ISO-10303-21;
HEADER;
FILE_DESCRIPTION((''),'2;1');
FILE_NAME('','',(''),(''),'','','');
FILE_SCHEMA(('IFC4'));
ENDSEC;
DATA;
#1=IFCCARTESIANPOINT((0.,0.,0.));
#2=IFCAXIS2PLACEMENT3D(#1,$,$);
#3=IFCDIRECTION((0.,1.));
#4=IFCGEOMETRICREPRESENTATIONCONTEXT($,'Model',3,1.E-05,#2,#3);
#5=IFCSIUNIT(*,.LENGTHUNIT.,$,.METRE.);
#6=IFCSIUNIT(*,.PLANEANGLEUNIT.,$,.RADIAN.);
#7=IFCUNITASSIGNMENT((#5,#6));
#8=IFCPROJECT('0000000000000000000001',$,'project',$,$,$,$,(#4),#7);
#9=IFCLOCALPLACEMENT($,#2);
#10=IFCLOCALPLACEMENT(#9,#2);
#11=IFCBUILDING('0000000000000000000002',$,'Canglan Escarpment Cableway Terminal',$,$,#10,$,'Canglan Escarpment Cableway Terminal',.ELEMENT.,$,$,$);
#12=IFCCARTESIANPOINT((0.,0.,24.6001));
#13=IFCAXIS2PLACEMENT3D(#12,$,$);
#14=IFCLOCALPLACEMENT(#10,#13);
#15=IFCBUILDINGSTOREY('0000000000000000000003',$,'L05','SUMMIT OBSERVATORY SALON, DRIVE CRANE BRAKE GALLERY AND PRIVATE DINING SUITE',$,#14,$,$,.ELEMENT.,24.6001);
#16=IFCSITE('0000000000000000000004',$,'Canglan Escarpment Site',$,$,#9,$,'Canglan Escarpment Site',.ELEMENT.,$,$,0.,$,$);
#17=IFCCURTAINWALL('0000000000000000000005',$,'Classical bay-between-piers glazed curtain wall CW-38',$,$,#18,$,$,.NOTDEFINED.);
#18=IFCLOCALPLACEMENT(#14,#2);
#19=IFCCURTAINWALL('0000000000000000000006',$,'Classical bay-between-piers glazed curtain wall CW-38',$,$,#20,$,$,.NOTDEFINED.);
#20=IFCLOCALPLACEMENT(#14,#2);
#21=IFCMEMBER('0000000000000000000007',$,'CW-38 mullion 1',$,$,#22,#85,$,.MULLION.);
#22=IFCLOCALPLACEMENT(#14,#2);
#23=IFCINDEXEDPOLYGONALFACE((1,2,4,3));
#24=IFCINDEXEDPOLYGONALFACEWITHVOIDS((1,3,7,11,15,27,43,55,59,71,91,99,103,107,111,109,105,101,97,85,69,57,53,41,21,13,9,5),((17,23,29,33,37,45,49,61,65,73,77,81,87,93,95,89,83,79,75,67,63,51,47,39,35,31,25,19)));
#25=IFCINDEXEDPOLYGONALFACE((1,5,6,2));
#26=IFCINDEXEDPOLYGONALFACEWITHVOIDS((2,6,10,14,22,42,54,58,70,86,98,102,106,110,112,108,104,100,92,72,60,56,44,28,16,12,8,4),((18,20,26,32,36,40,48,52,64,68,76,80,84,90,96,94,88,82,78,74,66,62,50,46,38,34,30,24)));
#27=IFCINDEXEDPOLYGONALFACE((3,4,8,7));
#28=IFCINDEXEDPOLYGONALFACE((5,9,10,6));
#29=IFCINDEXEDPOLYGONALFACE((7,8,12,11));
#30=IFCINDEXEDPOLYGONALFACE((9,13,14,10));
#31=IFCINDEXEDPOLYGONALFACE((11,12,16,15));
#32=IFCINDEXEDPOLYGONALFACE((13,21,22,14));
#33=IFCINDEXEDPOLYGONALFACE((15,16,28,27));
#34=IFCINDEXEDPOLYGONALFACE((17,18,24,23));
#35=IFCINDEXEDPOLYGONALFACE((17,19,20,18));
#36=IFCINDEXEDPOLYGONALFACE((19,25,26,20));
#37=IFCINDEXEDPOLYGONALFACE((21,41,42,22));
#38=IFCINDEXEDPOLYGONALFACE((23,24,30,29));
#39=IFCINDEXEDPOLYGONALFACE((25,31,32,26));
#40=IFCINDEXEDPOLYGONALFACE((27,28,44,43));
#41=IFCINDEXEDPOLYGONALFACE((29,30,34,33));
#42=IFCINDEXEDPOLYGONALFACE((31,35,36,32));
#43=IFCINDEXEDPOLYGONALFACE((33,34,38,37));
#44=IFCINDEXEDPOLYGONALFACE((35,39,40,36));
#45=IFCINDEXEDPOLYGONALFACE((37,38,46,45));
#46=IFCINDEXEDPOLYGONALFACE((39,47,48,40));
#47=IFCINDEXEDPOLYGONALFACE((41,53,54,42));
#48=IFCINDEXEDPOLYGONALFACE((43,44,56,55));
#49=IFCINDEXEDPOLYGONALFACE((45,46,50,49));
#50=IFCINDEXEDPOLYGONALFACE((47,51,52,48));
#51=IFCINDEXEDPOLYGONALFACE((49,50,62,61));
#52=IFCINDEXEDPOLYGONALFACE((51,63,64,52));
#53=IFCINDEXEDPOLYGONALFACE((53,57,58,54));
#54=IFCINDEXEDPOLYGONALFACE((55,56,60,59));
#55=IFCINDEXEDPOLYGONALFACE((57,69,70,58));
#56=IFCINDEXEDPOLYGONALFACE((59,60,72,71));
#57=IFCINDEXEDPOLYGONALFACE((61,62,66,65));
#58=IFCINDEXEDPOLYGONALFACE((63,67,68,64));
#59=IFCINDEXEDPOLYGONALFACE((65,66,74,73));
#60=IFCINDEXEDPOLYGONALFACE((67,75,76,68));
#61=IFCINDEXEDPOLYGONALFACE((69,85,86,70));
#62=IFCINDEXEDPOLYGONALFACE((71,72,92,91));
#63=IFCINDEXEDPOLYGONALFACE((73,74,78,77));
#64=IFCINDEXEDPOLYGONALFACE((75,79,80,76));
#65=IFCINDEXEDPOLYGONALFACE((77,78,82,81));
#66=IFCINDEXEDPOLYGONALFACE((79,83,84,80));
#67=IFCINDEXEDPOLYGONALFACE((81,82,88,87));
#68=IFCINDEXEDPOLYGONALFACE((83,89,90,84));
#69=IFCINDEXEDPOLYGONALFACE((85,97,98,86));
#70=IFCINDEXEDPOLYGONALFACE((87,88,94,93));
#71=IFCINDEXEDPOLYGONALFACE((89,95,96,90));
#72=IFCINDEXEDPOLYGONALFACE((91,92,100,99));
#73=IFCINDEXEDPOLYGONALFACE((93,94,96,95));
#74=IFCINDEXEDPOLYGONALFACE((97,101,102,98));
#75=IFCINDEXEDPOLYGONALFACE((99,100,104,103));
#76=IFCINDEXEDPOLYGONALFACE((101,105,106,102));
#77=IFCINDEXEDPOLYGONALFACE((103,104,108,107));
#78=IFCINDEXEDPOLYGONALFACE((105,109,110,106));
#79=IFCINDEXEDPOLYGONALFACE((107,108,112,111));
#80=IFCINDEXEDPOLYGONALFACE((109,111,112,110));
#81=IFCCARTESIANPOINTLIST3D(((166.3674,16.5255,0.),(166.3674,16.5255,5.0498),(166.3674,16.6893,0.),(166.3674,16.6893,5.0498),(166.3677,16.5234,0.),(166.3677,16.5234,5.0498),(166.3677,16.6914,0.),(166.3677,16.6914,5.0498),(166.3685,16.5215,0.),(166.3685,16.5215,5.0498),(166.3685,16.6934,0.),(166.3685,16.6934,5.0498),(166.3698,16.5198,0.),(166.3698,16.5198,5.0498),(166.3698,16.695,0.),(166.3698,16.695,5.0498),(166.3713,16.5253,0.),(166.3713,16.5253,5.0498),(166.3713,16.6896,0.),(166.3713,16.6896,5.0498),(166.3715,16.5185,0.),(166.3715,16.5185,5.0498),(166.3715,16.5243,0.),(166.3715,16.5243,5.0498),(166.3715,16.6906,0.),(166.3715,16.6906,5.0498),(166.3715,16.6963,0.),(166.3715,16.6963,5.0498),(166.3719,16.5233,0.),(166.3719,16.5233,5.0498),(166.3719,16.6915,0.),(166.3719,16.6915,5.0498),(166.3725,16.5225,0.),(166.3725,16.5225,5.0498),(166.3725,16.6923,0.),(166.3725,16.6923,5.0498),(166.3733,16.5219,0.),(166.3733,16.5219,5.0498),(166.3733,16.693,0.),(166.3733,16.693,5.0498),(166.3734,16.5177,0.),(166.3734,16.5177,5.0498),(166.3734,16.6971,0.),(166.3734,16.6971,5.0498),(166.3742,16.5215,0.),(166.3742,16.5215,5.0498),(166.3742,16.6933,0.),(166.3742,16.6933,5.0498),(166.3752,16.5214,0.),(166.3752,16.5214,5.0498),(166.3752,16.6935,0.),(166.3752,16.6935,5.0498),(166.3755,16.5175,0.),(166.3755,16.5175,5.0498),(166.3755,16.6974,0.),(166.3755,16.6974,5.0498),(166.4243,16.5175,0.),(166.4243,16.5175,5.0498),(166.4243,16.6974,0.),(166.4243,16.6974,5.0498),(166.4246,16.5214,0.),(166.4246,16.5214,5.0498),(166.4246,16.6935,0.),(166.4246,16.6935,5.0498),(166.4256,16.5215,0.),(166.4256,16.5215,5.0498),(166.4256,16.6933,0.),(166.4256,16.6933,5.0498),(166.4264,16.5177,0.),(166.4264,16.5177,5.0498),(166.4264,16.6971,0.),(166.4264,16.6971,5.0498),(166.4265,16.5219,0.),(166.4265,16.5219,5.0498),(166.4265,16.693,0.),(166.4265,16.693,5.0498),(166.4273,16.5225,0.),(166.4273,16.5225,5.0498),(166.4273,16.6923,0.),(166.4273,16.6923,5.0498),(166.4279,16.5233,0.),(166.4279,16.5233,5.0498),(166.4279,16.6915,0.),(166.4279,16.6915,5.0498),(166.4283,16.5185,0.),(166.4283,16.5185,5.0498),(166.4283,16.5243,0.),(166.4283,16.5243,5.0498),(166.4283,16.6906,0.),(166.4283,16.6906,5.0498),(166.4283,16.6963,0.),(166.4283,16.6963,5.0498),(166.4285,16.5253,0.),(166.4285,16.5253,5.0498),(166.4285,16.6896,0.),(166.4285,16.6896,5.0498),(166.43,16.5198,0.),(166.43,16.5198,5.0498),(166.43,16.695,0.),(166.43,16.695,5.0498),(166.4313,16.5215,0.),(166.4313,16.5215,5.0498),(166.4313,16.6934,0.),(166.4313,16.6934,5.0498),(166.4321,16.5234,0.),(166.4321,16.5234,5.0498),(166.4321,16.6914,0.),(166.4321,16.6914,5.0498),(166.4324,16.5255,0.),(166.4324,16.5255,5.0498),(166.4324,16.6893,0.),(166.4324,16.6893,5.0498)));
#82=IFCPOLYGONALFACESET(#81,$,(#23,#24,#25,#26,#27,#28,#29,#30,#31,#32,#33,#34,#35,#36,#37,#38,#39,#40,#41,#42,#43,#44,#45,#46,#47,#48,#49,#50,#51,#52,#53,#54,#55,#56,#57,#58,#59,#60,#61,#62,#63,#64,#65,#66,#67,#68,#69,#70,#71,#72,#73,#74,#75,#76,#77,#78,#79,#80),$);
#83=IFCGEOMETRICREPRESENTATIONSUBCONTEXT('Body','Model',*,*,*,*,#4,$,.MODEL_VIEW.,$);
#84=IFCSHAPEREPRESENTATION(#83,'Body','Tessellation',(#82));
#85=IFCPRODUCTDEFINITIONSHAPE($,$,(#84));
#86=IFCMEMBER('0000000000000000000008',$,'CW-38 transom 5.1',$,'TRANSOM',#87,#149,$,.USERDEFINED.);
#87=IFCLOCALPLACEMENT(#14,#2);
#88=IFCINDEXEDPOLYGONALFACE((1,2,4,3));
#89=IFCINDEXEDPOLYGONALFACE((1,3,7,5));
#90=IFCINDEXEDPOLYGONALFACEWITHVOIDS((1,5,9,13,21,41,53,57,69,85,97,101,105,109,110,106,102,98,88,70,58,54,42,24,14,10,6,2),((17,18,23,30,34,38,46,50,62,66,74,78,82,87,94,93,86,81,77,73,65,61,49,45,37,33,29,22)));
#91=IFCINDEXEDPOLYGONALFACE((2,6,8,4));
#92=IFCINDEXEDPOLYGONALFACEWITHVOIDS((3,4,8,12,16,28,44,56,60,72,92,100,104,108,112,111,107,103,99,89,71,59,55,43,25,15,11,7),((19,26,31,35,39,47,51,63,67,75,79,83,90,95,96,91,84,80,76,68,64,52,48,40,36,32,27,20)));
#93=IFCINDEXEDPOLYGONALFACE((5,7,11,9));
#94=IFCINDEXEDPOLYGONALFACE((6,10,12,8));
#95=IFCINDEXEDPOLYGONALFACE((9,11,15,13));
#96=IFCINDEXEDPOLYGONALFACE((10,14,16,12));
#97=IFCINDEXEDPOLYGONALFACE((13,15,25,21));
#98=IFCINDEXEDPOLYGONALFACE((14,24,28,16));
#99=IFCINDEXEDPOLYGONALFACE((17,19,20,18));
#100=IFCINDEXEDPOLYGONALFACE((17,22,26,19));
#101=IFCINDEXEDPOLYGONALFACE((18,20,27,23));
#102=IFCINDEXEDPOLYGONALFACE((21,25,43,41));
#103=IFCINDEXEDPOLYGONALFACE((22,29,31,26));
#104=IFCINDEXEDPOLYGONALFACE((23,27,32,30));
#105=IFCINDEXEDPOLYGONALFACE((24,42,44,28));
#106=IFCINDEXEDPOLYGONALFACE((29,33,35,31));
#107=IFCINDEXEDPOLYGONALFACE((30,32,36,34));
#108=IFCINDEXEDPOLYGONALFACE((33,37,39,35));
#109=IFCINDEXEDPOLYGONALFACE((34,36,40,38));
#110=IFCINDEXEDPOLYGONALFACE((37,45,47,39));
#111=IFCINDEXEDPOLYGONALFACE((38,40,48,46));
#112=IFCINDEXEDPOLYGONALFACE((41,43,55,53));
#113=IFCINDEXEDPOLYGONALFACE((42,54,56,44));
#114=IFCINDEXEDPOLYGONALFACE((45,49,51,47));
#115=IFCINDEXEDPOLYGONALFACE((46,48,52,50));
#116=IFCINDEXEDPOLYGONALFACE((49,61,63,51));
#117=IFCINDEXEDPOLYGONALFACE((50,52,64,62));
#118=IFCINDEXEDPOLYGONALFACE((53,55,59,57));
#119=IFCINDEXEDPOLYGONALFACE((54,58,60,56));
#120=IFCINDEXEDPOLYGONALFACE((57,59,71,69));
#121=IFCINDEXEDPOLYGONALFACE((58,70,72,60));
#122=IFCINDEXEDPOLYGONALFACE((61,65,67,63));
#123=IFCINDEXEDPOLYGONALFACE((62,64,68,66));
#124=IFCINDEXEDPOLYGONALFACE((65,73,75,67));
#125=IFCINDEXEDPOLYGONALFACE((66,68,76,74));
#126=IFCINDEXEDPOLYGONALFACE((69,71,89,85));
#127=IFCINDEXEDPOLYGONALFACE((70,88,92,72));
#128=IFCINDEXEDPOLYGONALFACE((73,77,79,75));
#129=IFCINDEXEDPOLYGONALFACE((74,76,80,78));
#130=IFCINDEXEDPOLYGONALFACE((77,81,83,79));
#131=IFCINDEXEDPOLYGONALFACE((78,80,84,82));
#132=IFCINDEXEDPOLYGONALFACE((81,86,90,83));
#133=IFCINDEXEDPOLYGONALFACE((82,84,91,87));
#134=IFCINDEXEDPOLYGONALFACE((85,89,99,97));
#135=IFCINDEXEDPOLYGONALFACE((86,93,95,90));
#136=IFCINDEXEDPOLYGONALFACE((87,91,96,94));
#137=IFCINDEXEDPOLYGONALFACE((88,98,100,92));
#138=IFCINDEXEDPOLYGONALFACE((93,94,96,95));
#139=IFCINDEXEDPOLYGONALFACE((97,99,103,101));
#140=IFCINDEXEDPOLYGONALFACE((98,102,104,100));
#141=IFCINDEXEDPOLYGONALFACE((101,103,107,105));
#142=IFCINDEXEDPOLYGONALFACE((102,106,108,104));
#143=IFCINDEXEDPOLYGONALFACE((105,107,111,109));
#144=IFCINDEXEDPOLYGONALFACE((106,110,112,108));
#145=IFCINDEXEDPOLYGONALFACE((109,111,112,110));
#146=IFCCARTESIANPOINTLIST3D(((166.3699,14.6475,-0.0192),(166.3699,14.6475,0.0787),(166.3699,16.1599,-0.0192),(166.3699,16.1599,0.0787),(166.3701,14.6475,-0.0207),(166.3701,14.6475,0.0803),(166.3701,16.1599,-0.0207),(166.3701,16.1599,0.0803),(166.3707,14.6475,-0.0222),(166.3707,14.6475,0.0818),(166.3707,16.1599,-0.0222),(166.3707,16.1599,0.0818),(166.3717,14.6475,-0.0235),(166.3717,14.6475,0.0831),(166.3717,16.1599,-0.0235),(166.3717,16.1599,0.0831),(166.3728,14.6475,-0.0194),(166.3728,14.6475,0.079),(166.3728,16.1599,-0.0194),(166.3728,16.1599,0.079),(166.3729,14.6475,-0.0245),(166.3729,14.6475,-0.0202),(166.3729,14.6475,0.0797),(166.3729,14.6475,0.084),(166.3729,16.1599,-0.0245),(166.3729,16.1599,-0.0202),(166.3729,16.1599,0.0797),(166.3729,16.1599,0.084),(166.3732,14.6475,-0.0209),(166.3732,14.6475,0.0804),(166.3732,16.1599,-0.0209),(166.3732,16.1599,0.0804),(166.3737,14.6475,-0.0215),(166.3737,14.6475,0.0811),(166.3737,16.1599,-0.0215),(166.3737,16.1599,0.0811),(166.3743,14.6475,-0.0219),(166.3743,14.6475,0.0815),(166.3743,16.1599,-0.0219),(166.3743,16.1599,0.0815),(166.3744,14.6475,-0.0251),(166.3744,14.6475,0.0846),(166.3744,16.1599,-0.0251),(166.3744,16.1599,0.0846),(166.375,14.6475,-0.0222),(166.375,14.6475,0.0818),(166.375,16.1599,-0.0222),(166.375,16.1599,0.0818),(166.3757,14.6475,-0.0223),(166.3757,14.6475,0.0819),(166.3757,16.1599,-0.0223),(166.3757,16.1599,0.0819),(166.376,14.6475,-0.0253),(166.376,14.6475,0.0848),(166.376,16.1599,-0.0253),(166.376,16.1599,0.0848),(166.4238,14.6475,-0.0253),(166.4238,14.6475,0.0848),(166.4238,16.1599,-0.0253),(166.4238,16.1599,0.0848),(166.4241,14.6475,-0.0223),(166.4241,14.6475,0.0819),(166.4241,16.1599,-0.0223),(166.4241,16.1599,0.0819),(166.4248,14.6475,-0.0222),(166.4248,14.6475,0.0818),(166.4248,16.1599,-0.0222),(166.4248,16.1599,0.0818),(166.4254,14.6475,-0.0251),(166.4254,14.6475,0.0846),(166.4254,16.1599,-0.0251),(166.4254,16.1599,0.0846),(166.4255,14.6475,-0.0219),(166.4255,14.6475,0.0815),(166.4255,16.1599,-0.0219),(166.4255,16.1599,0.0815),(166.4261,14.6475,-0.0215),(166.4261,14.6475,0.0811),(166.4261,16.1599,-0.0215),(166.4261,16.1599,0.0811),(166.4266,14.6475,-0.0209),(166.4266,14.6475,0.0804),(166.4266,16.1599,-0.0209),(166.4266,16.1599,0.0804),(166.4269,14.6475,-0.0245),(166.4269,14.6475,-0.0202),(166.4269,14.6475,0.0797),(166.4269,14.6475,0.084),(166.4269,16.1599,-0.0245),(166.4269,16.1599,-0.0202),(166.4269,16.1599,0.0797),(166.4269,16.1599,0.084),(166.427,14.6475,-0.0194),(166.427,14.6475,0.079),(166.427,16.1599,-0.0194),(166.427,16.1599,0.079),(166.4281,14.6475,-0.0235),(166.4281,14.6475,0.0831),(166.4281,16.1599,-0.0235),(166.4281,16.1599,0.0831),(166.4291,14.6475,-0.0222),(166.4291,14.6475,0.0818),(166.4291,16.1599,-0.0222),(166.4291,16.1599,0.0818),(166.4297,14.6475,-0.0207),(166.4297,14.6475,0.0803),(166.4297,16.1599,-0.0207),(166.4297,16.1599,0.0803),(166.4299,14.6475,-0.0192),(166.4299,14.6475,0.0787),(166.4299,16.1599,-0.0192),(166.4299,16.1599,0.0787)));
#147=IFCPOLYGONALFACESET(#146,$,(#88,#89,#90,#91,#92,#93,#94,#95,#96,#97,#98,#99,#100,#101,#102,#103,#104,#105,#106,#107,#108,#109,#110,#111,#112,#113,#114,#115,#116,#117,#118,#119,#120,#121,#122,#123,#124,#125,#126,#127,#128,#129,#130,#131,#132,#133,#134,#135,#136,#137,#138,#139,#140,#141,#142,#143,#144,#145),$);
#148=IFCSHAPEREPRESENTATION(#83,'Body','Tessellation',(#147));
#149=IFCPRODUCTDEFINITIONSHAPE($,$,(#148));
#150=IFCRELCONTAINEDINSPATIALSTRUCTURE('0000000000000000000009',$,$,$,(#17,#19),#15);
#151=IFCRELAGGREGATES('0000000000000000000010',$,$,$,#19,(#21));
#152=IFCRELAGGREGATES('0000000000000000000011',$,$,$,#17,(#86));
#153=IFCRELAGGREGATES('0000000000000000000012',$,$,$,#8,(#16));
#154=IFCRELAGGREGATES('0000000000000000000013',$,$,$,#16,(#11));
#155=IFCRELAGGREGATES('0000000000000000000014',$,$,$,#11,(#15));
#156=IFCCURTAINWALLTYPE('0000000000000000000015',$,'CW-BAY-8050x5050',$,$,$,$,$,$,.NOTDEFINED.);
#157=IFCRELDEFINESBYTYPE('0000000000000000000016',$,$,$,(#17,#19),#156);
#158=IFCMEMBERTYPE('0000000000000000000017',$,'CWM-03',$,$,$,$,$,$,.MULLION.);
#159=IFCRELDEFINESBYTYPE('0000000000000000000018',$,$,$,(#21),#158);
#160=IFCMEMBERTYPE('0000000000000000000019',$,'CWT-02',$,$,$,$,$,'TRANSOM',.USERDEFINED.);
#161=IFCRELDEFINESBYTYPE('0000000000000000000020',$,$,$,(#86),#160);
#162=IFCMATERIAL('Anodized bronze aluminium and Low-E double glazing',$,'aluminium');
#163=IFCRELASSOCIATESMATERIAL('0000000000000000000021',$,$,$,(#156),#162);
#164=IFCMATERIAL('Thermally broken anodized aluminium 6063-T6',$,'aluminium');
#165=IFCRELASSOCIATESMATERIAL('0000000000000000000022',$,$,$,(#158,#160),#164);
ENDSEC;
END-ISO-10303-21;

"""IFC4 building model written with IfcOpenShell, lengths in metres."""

from ifc_helpers import new_model, si_unit, direction, frame, origin, origin_2d, place, context, subcontext, project, spatial, hollow_rectangle, extrude, material, material_profile, profile_set, type_object, element, aggregate, save


model = new_model("IFC4")

# Units and contexts
model_context = context("Model", 3, precision=1e-05, world=origin(), true_north=direction((0.0, 1.0)))
body_context = subcontext(model_context, "Body", "Model", "MODEL_VIEW")
ifc_project = project(units=[si_unit("LENGTHUNIT", "METRE"), si_unit("PLANEANGLEUNIT", "RADIAN")], contexts=[model_context])

# Site, building, storey
site_placement = place(None, origin())
site = spatial("IfcSite", under=ifc_project, at=site_placement, Name="Canglan Escarpment Site", LongName="Canglan Escarpment Site", CompositionType="ELEMENT", RefElevation=0.0)
building_placement = place(site_placement, origin())
building = spatial("IfcBuilding", under=site, at=building_placement, Name="Canglan Escarpment Cableway Terminal", LongName="Canglan Escarpment Cableway Terminal", CompositionType="ELEMENT")
storey_placement = place(building_placement, frame((0.0, 0.0, 24.6001)))
storey = spatial("IfcBuildingStorey", under=building, at=storey_placement, Name="L05", Description="SUMMIT OBSERVATORY SALON, DRIVE CRANE BRAKE GALLERY AND PRIVATE DINING SUITE", CompositionType="ELEMENT", Elevation=24.6001)

# Curtain wall
ifc_material_1 = material(Name="Anodized bronze aluminium and Low-E double glazing", Category="aluminium")
curtain_wall_type = type_object("IfcCurtainWallType", Name="CW-BAY-8050x5050", PredefinedType="NOTDEFINED", material=ifc_material_1)
curtain_wall_1_placement = place(storey_placement, origin())
curtain_wall_1 = element("IfcCurtainWall", 1, at=curtain_wall_1_placement, inside=storey, type_object=curtain_wall_type, Name="Classical bay-between-piers glazed curtain wall CW-38", PredefinedType="NOTDEFINED")
ifc_material_2 = material(Name="Thermally broken anodized aluminium 6063-T6", Category="aluminium")

# Curtain wall, member
curtain_wall_2_placement = place(storey_placement, origin())
curtain_wall_2 = element("IfcCurtainWall", 2, at=curtain_wall_2_placement, inside=storey, type_object=curtain_wall_type, Name="Classical bay-between-piers glazed curtain wall CW-38", PredefinedType="NOTDEFINED")
ifc_material_profile_1 = material_profile(ifc_material_2, hollow_rectangle(XDim=0.0649, YDim=0.1799, WallThickness=0.0039, InnerFilletRadius=0.0039, OuterFilletRadius=0.0081, at=origin_2d()), Name="ALU-MULL 65x180x4")
ifc_profile_set_1 = profile_set([ifc_material_profile_1], Name="Thermally broken anodized aluminium 6063-T6")
member_type_1 = type_object("IfcMemberType", Name="CWM-03", PredefinedType="MULLION", material=ifc_profile_set_1)
member_1_placement = place(storey_placement, frame((166.3999, 16.6074, 0.0), z_axis=(0.0, 0.0, 1.0), x_axis=(-1.0, 0.0, 0.0)))
member_1 = element("IfcMember", 3, at=member_1_placement, type_object=member_type_1, Name="CW-38 mullion 1", PredefinedType="MULLION", context=body_context, shape_type="SweptSolid", body=[
    extrude(hollow_rectangle(XDim=0.0649, YDim=0.1799, WallThickness=0.0039, InnerFilletRadius=0.0039, OuterFilletRadius=0.0081, at=origin_2d()), origin(), (0.0, 0.0, 1.0), 5.0498),
])

# Member
ifc_material_profile_2 = material_profile(ifc_material_2, hollow_rectangle(XDim=0.0601, YDim=0.1101, WallThickness=0.0029, InnerFilletRadius=0.0029, OuterFilletRadius=0.0061, at=origin_2d()), Name="ALU-TRAN 60x110x3")
ifc_profile_set_2 = profile_set([ifc_material_profile_2], Name="Thermally broken anodized aluminium 6063-T6")
member_type_2 = type_object("IfcMemberType", Name="CWT-02", ElementType="TRANSOM", PredefinedType="USERDEFINED", material=ifc_profile_set_2)
member_2_placement = place(storey_placement, frame((166.3999, 14.6475, 0.0298), z_axis=(0.0, 1.0, 0.0), x_axis=(-1.0, 0.0, 0.0)))
member_2 = element("IfcMember", 4, at=member_2_placement, type_object=member_type_2, Name="CW-38 transom 5.1", ObjectType="TRANSOM", PredefinedType="USERDEFINED", context=body_context, shape_type="SweptSolid", body=[
    extrude(hollow_rectangle(XDim=0.0601, YDim=0.1101, WallThickness=0.0029, InnerFilletRadius=0.0029, OuterFilletRadius=0.0061, at=origin_2d()), origin(), (0.0, 0.0, 1.0), 1.5125),
])
aggregate(curtain_wall_2, [member_1])

aggregate(curtain_wall_1, [member_2])

save(model, "model.ifc")
